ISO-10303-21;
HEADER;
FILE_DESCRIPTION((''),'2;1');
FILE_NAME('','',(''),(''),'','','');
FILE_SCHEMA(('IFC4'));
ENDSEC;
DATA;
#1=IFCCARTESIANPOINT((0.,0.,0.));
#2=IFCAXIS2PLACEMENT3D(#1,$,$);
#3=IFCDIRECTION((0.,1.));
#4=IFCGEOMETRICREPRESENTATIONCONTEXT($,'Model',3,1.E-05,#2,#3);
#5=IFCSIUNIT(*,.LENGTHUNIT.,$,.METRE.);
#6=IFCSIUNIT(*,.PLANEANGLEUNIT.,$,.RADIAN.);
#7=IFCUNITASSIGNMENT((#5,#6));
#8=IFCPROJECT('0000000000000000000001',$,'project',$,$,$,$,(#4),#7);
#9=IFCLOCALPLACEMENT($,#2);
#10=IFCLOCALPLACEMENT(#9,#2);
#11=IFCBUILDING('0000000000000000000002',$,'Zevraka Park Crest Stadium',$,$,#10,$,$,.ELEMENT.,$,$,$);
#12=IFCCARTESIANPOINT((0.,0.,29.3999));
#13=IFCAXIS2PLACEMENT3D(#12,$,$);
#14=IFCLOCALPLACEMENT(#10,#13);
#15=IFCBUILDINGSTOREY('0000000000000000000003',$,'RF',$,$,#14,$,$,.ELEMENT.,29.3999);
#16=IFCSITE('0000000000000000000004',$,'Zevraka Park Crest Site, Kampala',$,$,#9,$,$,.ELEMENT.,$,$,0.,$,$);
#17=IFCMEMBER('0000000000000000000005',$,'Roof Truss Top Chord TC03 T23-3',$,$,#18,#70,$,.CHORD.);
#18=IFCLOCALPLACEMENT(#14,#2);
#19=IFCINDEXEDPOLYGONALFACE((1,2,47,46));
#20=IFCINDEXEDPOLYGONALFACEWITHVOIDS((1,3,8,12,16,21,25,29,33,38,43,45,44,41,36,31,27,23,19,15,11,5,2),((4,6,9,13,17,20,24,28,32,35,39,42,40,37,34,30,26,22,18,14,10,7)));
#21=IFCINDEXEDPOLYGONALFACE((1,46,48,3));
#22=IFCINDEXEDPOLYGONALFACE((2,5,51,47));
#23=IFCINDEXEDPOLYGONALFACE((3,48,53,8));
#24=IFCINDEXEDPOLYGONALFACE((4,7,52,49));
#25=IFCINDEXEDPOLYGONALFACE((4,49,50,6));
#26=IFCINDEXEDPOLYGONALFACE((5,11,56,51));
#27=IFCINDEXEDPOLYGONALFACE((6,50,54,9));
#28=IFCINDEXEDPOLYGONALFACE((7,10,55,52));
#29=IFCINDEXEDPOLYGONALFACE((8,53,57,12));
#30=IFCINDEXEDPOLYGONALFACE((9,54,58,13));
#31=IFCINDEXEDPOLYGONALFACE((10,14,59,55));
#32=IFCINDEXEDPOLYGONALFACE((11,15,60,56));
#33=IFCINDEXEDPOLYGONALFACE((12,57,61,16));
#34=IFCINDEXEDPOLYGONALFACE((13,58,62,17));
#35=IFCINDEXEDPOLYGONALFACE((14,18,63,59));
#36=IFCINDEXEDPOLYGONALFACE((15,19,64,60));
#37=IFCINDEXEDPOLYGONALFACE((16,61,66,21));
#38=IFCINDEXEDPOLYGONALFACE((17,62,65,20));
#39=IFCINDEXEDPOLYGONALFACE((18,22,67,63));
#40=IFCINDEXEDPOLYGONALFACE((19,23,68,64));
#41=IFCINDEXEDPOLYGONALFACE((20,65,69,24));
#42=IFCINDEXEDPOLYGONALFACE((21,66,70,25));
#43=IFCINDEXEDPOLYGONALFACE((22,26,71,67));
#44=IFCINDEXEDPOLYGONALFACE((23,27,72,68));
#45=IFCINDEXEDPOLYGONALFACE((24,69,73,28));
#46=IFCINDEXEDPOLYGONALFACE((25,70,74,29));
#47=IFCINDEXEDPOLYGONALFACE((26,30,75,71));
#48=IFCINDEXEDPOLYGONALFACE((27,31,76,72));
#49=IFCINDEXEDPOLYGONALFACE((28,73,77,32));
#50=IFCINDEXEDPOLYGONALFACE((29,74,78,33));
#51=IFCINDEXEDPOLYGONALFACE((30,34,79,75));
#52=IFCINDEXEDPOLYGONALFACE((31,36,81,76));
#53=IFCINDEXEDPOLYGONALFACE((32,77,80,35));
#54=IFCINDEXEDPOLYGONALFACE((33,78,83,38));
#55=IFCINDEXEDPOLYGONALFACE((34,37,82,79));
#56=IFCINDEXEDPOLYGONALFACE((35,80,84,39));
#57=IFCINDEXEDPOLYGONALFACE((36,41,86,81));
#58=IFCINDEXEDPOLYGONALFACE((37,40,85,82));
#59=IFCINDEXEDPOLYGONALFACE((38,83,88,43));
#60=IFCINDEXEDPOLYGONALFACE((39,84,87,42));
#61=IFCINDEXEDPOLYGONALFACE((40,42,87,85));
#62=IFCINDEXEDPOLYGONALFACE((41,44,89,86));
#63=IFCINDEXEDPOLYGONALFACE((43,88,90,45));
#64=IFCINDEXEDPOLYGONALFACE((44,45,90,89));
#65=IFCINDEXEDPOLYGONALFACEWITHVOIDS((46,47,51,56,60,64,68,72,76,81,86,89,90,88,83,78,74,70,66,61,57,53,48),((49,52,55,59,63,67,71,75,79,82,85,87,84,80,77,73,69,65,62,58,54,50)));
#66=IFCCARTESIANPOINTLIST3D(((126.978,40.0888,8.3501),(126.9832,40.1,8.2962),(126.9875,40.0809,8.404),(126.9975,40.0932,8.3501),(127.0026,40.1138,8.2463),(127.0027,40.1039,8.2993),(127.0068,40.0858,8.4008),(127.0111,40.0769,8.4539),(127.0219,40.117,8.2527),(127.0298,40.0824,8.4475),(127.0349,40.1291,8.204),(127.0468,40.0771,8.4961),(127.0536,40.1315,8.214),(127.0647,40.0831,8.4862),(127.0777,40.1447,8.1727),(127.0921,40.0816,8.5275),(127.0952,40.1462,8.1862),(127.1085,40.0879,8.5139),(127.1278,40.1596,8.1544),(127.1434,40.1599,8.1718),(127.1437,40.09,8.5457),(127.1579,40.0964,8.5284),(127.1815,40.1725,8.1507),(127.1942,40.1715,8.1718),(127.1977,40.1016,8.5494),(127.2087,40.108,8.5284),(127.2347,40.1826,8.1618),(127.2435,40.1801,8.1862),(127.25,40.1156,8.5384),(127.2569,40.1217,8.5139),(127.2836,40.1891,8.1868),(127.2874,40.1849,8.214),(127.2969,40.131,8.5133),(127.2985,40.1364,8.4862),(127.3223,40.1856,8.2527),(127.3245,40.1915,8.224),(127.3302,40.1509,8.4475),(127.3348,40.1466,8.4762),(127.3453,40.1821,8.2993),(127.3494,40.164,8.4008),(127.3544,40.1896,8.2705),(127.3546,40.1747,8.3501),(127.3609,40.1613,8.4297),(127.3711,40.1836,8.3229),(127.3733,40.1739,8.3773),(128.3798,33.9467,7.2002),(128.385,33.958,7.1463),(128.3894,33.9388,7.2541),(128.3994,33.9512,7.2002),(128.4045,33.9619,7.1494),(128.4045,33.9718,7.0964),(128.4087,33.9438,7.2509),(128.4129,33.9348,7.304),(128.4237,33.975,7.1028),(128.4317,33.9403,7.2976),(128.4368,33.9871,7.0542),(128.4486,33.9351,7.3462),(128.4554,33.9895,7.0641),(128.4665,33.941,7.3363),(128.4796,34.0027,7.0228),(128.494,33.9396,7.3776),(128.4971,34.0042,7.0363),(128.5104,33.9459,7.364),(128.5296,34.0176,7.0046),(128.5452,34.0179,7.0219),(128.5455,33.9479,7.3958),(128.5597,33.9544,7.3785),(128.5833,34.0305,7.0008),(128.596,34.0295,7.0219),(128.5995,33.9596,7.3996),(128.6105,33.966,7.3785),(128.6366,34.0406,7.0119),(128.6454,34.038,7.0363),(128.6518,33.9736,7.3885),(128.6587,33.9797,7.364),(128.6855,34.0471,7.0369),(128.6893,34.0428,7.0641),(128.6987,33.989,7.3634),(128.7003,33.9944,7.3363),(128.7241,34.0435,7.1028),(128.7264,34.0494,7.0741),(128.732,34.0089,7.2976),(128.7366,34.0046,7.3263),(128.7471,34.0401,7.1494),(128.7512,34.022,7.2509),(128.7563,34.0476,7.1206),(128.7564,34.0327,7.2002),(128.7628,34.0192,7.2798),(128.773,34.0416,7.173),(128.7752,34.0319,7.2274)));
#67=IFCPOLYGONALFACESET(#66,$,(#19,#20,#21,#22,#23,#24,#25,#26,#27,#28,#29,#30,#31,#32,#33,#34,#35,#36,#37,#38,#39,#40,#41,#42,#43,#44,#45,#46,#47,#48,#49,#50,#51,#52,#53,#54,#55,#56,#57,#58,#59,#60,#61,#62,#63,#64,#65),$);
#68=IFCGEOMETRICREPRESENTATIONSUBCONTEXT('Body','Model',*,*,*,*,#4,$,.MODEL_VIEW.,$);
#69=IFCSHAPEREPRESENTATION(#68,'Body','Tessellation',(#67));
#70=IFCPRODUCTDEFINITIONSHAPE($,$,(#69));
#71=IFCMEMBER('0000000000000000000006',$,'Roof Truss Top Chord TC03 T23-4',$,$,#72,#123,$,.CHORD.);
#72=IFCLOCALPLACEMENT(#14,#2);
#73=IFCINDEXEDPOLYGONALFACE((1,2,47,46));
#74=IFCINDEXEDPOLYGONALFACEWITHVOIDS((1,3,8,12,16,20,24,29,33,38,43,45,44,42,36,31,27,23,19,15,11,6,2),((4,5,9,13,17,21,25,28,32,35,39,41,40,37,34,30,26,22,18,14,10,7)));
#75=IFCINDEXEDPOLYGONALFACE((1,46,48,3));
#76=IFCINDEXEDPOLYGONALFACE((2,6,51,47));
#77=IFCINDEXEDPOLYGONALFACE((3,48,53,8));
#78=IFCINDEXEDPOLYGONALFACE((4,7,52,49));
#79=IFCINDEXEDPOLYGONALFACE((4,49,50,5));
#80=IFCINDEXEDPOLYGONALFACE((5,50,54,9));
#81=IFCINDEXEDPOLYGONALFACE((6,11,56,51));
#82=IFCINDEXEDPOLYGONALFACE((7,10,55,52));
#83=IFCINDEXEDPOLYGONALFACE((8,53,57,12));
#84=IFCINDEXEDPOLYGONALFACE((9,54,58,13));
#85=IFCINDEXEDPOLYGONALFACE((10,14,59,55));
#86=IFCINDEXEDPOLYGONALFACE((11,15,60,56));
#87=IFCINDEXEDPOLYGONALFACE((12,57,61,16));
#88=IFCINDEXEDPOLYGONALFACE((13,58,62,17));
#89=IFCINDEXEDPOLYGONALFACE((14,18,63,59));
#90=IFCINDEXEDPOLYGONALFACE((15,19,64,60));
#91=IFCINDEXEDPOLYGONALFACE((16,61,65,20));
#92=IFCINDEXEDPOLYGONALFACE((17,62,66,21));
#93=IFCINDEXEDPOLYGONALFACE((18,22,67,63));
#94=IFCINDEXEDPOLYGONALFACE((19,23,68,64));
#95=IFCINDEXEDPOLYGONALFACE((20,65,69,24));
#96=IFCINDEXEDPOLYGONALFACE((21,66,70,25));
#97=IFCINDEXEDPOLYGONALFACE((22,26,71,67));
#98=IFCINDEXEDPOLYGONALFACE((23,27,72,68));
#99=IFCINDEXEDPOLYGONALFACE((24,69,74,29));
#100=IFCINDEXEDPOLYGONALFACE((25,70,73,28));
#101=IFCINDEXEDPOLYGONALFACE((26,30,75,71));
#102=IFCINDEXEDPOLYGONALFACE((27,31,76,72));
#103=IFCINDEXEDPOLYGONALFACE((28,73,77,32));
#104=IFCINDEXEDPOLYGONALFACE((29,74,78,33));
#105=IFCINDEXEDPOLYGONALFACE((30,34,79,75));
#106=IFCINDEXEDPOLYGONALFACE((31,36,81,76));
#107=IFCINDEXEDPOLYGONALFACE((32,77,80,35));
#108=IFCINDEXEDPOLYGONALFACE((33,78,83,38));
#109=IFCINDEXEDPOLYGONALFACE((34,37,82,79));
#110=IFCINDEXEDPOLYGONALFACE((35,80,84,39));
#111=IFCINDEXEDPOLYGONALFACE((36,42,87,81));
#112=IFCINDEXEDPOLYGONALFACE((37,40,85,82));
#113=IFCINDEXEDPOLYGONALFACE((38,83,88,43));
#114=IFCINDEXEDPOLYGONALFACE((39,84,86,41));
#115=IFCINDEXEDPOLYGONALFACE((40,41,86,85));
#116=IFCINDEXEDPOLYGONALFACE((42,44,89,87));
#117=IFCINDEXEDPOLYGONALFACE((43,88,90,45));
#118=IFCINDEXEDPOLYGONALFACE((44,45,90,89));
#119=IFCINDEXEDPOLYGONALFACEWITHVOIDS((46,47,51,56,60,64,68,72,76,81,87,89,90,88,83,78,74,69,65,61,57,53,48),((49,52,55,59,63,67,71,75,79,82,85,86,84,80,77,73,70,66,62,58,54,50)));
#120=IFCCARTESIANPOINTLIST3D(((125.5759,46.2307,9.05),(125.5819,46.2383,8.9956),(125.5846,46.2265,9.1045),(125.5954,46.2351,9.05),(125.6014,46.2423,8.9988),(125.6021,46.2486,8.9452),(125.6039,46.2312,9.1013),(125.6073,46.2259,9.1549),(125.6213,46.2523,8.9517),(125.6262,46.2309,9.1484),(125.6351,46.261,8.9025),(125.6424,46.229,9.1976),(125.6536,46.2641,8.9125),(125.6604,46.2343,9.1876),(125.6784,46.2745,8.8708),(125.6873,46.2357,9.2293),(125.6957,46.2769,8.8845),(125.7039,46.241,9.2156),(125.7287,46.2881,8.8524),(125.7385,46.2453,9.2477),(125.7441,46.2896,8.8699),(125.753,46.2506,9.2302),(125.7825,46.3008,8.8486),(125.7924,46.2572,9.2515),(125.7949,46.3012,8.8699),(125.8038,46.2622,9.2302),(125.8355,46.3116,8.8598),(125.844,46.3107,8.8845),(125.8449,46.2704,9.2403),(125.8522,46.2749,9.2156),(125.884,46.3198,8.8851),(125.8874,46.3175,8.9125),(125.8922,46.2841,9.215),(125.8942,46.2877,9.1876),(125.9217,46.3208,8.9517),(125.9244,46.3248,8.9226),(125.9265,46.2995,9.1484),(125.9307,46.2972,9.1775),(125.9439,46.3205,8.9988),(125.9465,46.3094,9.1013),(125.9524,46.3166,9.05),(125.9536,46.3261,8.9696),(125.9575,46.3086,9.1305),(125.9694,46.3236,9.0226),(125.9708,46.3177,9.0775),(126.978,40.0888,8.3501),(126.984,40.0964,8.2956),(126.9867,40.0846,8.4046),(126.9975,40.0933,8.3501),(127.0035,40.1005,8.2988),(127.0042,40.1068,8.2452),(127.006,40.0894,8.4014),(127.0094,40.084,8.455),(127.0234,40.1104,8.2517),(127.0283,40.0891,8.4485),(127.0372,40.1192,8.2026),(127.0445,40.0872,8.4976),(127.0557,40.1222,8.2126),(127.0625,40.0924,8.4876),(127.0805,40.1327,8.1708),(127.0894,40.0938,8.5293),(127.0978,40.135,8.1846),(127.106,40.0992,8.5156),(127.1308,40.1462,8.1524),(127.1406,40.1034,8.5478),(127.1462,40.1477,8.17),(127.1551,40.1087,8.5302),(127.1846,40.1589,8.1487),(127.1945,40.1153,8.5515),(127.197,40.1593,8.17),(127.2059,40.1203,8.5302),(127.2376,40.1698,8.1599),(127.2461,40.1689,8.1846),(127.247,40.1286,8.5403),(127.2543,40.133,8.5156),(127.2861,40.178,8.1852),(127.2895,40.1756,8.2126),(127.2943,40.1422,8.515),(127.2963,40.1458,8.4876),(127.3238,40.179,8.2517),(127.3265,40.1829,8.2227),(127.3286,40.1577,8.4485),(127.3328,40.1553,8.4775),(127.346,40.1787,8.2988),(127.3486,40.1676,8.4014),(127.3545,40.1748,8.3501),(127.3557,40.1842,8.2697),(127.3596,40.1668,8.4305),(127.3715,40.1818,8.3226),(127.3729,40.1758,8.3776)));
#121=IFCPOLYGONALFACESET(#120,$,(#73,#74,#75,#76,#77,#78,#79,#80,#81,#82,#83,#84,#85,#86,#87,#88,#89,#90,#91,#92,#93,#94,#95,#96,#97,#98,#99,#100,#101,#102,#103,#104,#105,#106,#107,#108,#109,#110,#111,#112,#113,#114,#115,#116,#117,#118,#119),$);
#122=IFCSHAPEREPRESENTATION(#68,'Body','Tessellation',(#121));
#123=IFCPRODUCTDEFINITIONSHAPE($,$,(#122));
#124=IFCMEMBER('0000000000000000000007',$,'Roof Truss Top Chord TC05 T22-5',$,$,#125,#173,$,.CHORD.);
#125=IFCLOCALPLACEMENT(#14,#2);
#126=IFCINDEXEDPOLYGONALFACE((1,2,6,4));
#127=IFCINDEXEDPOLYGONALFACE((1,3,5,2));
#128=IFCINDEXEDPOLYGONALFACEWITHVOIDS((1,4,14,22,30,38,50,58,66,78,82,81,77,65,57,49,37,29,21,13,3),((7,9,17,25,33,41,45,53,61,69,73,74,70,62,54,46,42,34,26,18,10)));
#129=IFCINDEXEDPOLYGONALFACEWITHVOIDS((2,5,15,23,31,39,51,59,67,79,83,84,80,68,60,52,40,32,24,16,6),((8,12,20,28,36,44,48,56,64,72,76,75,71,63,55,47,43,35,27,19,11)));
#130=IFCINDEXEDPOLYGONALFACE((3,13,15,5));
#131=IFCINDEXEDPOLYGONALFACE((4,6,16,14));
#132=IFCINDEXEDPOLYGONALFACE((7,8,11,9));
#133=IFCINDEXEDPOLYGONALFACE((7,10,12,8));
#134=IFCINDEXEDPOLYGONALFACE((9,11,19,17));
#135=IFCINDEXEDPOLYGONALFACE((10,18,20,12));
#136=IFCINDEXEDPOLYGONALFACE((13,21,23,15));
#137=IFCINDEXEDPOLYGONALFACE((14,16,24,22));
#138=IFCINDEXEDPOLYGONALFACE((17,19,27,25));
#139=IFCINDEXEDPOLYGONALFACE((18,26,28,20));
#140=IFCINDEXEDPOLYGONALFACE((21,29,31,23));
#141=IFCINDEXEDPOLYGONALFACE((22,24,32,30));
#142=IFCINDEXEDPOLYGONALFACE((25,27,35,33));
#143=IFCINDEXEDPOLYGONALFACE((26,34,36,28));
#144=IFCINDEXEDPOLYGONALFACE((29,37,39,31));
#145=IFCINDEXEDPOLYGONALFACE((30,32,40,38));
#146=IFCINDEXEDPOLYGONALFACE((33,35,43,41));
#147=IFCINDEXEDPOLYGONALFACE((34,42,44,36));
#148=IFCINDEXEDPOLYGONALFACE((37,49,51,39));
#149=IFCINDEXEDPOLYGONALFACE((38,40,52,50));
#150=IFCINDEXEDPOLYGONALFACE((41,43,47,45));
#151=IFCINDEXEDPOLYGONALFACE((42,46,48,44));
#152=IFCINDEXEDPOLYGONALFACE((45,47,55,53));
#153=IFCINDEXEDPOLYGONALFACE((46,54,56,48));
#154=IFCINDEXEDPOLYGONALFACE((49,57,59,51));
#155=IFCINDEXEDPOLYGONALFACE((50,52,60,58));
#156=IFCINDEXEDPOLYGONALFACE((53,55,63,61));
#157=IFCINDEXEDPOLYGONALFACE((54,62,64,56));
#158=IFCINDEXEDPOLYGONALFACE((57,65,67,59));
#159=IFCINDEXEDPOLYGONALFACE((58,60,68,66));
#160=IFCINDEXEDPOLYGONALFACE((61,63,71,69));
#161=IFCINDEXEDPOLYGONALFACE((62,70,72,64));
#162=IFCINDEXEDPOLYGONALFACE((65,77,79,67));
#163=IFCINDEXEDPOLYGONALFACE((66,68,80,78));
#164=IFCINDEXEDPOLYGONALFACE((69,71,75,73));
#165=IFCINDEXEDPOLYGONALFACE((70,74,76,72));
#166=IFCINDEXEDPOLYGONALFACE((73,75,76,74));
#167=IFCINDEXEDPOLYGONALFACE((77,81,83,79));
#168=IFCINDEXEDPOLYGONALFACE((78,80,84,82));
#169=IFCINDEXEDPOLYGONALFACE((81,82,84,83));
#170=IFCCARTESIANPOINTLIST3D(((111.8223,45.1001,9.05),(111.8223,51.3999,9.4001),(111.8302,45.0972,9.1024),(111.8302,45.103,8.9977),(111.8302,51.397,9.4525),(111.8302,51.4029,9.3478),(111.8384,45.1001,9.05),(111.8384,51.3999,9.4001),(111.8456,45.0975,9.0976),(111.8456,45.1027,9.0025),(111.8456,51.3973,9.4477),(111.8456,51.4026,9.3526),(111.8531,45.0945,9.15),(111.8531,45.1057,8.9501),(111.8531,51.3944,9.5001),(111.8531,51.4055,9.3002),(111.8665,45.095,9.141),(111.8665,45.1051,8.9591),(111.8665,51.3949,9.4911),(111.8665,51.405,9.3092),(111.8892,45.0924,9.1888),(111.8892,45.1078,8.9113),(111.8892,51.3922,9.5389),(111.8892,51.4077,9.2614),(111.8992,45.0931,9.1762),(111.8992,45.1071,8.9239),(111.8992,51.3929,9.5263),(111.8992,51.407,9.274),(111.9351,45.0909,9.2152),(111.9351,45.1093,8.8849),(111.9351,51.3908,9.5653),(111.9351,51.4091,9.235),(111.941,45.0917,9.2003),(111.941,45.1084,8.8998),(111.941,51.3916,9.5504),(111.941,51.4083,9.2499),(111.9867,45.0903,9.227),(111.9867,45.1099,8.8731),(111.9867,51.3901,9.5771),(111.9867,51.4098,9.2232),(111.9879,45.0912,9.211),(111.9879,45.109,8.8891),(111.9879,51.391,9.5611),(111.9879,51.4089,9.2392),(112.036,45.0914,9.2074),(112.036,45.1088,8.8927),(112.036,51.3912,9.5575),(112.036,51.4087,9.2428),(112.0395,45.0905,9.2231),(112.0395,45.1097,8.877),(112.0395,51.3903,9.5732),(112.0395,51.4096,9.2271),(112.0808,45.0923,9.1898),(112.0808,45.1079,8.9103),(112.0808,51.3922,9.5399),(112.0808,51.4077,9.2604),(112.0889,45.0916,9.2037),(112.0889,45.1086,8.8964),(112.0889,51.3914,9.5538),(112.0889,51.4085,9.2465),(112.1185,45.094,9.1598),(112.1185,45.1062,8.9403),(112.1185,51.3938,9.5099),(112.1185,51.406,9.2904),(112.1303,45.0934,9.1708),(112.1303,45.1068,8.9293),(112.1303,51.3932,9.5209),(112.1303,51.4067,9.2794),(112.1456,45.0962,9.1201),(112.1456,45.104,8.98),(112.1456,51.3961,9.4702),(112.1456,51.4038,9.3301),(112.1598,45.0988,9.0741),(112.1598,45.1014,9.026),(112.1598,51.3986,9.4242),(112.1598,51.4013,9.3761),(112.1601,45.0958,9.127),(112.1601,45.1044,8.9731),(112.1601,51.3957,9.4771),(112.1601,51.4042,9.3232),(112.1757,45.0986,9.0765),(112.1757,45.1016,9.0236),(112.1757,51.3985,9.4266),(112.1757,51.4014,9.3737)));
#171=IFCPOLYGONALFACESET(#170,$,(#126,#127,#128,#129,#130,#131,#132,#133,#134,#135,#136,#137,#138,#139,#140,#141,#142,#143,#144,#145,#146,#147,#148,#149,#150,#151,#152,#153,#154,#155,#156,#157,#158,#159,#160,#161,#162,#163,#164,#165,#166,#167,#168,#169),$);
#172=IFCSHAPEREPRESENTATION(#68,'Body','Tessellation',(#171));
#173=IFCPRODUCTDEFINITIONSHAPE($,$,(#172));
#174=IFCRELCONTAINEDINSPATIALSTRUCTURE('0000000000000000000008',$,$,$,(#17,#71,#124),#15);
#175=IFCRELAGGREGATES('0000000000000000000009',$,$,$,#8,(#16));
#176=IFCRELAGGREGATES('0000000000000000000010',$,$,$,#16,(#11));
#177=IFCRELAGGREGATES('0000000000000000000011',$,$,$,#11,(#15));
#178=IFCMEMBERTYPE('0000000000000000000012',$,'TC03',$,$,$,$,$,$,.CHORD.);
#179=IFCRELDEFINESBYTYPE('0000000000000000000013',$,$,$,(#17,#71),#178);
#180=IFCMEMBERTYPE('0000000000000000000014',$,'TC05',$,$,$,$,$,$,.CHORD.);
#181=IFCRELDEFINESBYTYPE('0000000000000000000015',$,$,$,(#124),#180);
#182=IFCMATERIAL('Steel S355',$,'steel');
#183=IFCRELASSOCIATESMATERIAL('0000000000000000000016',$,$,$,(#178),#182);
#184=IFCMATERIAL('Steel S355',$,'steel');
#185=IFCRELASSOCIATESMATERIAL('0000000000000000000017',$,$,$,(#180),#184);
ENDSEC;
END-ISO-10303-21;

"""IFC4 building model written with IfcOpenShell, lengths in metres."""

from ifc_helpers import new_model, si_unit, direction, frame, origin, origin_2d, place, context, subcontext, project, spatial, hollow_circle, extrude, material, material_profile, profile_set, type_object, element, save


model = new_model("IFC4")

# Units and contexts
model_context = context("Model", 3, precision=1e-05, world=origin(), true_north=direction((0.0, 1.0)))
body_context = subcontext(model_context, "Body", "Model", "MODEL_VIEW")
ifc_project = project(units=[si_unit("LENGTHUNIT", "METRE"), si_unit("PLANEANGLEUNIT", "RADIAN")], contexts=[model_context])

# Site, building, storey
site_placement = place(None, origin())
site = spatial("IfcSite", under=ifc_project, at=site_placement, Name="Zevraka Park Crest Site, Kampala", CompositionType="ELEMENT", RefElevation=0.0)
building_placement = place(site_placement, origin())
building = spatial("IfcBuilding", under=site, at=building_placement, Name="Zevraka Park Crest Stadium", CompositionType="ELEMENT")
storey_placement = place(building_placement, frame((0.0, 0.0, 29.3999)))
storey = spatial("IfcBuildingStorey", under=building, at=storey_placement, Name="RF", CompositionType="ELEMENT", Elevation=29.3999)

# Members
ifc_material_1 = material(Name="Steel S355", Category="steel")
ifc_material_profile_1 = material_profile(ifc_material_1, hollow_circle(Radius=0.2031, WallThickness=0.02, at=origin_2d()), Name="CHS 406.4x20")
ifc_profile_set_1 = profile_set([ifc_material_profile_1], Name="Steel S355")
member_type_1 = type_object("IfcMemberType", Name="TC03", PredefinedType="CHORD", material=ifc_profile_set_1)
member_1_placement = place(storey_placement, frame((128.5779, 33.9919, 7.2002), z_axis=(-0.218899, 0.959084, 0.179557), x_axis=(-0.974929, -0.222515, 0.0)))
element("IfcMember", 1, at=member_1_placement, inside=storey, type_object=member_type_1, Name="Roof Truss Top Chord TC03 T23-3", PredefinedType="CHORD", context=body_context, shape_type="SweptSolid", body=[
    extrude(hollow_circle(Radius=0.2031, WallThickness=0.02, at=origin_2d()), origin(), (0.0, 0.0, 1.0), 6.4041),
])
member_2_placement = place(storey_placement, frame((127.176, 40.134, 8.3501), z_axis=(-0.2212, 0.968957, 0.110426), x_axis=(-0.974919, -0.222561, 0.0)))
element("IfcMember", 2, at=member_2_placement, inside=storey, type_object=member_type_1, Name="Roof Truss Top Chord TC03 T23-4", PredefinedType="CHORD", context=body_context, shape_type="SweptSolid", body=[
    extrude(hollow_circle(Radius=0.2031, WallThickness=0.02, at=origin_2d()), origin(), (0.0, 0.0, 1.0), 6.3386),
])
ifc_material_2 = material(Name="Steel S355", Category="steel")
ifc_material_profile_2 = material_profile(ifc_material_2, hollow_circle(Radius=0.1777, WallThickness=0.0161, at=origin_2d()), Name="CHS 355.6x16")
ifc_profile_set_2 = profile_set([ifc_material_profile_2], Name="Steel S355")
member_type_2 = type_object("IfcMemberType", Name="TC05", PredefinedType="CHORD", material=ifc_profile_set_2)
member_3_placement = place(storey_placement, frame((112.0, 45.1001, 9.05), z_axis=(0.0, 0.998459, 0.055487), x_axis=(-1.0, 0.0, 0.0)))
element("IfcMember", 3, at=member_3_placement, inside=storey, type_object=member_type_2, Name="Roof Truss Top Chord TC05 T22-5", PredefinedType="CHORD", context=body_context, shape_type="SweptSolid", body=[
    extrude(hollow_circle(Radius=0.1777, WallThickness=0.0161, at=origin_2d()), origin(), (0.0, 0.0, 1.0), 6.3096),
])

save(model, "model.ifc")
